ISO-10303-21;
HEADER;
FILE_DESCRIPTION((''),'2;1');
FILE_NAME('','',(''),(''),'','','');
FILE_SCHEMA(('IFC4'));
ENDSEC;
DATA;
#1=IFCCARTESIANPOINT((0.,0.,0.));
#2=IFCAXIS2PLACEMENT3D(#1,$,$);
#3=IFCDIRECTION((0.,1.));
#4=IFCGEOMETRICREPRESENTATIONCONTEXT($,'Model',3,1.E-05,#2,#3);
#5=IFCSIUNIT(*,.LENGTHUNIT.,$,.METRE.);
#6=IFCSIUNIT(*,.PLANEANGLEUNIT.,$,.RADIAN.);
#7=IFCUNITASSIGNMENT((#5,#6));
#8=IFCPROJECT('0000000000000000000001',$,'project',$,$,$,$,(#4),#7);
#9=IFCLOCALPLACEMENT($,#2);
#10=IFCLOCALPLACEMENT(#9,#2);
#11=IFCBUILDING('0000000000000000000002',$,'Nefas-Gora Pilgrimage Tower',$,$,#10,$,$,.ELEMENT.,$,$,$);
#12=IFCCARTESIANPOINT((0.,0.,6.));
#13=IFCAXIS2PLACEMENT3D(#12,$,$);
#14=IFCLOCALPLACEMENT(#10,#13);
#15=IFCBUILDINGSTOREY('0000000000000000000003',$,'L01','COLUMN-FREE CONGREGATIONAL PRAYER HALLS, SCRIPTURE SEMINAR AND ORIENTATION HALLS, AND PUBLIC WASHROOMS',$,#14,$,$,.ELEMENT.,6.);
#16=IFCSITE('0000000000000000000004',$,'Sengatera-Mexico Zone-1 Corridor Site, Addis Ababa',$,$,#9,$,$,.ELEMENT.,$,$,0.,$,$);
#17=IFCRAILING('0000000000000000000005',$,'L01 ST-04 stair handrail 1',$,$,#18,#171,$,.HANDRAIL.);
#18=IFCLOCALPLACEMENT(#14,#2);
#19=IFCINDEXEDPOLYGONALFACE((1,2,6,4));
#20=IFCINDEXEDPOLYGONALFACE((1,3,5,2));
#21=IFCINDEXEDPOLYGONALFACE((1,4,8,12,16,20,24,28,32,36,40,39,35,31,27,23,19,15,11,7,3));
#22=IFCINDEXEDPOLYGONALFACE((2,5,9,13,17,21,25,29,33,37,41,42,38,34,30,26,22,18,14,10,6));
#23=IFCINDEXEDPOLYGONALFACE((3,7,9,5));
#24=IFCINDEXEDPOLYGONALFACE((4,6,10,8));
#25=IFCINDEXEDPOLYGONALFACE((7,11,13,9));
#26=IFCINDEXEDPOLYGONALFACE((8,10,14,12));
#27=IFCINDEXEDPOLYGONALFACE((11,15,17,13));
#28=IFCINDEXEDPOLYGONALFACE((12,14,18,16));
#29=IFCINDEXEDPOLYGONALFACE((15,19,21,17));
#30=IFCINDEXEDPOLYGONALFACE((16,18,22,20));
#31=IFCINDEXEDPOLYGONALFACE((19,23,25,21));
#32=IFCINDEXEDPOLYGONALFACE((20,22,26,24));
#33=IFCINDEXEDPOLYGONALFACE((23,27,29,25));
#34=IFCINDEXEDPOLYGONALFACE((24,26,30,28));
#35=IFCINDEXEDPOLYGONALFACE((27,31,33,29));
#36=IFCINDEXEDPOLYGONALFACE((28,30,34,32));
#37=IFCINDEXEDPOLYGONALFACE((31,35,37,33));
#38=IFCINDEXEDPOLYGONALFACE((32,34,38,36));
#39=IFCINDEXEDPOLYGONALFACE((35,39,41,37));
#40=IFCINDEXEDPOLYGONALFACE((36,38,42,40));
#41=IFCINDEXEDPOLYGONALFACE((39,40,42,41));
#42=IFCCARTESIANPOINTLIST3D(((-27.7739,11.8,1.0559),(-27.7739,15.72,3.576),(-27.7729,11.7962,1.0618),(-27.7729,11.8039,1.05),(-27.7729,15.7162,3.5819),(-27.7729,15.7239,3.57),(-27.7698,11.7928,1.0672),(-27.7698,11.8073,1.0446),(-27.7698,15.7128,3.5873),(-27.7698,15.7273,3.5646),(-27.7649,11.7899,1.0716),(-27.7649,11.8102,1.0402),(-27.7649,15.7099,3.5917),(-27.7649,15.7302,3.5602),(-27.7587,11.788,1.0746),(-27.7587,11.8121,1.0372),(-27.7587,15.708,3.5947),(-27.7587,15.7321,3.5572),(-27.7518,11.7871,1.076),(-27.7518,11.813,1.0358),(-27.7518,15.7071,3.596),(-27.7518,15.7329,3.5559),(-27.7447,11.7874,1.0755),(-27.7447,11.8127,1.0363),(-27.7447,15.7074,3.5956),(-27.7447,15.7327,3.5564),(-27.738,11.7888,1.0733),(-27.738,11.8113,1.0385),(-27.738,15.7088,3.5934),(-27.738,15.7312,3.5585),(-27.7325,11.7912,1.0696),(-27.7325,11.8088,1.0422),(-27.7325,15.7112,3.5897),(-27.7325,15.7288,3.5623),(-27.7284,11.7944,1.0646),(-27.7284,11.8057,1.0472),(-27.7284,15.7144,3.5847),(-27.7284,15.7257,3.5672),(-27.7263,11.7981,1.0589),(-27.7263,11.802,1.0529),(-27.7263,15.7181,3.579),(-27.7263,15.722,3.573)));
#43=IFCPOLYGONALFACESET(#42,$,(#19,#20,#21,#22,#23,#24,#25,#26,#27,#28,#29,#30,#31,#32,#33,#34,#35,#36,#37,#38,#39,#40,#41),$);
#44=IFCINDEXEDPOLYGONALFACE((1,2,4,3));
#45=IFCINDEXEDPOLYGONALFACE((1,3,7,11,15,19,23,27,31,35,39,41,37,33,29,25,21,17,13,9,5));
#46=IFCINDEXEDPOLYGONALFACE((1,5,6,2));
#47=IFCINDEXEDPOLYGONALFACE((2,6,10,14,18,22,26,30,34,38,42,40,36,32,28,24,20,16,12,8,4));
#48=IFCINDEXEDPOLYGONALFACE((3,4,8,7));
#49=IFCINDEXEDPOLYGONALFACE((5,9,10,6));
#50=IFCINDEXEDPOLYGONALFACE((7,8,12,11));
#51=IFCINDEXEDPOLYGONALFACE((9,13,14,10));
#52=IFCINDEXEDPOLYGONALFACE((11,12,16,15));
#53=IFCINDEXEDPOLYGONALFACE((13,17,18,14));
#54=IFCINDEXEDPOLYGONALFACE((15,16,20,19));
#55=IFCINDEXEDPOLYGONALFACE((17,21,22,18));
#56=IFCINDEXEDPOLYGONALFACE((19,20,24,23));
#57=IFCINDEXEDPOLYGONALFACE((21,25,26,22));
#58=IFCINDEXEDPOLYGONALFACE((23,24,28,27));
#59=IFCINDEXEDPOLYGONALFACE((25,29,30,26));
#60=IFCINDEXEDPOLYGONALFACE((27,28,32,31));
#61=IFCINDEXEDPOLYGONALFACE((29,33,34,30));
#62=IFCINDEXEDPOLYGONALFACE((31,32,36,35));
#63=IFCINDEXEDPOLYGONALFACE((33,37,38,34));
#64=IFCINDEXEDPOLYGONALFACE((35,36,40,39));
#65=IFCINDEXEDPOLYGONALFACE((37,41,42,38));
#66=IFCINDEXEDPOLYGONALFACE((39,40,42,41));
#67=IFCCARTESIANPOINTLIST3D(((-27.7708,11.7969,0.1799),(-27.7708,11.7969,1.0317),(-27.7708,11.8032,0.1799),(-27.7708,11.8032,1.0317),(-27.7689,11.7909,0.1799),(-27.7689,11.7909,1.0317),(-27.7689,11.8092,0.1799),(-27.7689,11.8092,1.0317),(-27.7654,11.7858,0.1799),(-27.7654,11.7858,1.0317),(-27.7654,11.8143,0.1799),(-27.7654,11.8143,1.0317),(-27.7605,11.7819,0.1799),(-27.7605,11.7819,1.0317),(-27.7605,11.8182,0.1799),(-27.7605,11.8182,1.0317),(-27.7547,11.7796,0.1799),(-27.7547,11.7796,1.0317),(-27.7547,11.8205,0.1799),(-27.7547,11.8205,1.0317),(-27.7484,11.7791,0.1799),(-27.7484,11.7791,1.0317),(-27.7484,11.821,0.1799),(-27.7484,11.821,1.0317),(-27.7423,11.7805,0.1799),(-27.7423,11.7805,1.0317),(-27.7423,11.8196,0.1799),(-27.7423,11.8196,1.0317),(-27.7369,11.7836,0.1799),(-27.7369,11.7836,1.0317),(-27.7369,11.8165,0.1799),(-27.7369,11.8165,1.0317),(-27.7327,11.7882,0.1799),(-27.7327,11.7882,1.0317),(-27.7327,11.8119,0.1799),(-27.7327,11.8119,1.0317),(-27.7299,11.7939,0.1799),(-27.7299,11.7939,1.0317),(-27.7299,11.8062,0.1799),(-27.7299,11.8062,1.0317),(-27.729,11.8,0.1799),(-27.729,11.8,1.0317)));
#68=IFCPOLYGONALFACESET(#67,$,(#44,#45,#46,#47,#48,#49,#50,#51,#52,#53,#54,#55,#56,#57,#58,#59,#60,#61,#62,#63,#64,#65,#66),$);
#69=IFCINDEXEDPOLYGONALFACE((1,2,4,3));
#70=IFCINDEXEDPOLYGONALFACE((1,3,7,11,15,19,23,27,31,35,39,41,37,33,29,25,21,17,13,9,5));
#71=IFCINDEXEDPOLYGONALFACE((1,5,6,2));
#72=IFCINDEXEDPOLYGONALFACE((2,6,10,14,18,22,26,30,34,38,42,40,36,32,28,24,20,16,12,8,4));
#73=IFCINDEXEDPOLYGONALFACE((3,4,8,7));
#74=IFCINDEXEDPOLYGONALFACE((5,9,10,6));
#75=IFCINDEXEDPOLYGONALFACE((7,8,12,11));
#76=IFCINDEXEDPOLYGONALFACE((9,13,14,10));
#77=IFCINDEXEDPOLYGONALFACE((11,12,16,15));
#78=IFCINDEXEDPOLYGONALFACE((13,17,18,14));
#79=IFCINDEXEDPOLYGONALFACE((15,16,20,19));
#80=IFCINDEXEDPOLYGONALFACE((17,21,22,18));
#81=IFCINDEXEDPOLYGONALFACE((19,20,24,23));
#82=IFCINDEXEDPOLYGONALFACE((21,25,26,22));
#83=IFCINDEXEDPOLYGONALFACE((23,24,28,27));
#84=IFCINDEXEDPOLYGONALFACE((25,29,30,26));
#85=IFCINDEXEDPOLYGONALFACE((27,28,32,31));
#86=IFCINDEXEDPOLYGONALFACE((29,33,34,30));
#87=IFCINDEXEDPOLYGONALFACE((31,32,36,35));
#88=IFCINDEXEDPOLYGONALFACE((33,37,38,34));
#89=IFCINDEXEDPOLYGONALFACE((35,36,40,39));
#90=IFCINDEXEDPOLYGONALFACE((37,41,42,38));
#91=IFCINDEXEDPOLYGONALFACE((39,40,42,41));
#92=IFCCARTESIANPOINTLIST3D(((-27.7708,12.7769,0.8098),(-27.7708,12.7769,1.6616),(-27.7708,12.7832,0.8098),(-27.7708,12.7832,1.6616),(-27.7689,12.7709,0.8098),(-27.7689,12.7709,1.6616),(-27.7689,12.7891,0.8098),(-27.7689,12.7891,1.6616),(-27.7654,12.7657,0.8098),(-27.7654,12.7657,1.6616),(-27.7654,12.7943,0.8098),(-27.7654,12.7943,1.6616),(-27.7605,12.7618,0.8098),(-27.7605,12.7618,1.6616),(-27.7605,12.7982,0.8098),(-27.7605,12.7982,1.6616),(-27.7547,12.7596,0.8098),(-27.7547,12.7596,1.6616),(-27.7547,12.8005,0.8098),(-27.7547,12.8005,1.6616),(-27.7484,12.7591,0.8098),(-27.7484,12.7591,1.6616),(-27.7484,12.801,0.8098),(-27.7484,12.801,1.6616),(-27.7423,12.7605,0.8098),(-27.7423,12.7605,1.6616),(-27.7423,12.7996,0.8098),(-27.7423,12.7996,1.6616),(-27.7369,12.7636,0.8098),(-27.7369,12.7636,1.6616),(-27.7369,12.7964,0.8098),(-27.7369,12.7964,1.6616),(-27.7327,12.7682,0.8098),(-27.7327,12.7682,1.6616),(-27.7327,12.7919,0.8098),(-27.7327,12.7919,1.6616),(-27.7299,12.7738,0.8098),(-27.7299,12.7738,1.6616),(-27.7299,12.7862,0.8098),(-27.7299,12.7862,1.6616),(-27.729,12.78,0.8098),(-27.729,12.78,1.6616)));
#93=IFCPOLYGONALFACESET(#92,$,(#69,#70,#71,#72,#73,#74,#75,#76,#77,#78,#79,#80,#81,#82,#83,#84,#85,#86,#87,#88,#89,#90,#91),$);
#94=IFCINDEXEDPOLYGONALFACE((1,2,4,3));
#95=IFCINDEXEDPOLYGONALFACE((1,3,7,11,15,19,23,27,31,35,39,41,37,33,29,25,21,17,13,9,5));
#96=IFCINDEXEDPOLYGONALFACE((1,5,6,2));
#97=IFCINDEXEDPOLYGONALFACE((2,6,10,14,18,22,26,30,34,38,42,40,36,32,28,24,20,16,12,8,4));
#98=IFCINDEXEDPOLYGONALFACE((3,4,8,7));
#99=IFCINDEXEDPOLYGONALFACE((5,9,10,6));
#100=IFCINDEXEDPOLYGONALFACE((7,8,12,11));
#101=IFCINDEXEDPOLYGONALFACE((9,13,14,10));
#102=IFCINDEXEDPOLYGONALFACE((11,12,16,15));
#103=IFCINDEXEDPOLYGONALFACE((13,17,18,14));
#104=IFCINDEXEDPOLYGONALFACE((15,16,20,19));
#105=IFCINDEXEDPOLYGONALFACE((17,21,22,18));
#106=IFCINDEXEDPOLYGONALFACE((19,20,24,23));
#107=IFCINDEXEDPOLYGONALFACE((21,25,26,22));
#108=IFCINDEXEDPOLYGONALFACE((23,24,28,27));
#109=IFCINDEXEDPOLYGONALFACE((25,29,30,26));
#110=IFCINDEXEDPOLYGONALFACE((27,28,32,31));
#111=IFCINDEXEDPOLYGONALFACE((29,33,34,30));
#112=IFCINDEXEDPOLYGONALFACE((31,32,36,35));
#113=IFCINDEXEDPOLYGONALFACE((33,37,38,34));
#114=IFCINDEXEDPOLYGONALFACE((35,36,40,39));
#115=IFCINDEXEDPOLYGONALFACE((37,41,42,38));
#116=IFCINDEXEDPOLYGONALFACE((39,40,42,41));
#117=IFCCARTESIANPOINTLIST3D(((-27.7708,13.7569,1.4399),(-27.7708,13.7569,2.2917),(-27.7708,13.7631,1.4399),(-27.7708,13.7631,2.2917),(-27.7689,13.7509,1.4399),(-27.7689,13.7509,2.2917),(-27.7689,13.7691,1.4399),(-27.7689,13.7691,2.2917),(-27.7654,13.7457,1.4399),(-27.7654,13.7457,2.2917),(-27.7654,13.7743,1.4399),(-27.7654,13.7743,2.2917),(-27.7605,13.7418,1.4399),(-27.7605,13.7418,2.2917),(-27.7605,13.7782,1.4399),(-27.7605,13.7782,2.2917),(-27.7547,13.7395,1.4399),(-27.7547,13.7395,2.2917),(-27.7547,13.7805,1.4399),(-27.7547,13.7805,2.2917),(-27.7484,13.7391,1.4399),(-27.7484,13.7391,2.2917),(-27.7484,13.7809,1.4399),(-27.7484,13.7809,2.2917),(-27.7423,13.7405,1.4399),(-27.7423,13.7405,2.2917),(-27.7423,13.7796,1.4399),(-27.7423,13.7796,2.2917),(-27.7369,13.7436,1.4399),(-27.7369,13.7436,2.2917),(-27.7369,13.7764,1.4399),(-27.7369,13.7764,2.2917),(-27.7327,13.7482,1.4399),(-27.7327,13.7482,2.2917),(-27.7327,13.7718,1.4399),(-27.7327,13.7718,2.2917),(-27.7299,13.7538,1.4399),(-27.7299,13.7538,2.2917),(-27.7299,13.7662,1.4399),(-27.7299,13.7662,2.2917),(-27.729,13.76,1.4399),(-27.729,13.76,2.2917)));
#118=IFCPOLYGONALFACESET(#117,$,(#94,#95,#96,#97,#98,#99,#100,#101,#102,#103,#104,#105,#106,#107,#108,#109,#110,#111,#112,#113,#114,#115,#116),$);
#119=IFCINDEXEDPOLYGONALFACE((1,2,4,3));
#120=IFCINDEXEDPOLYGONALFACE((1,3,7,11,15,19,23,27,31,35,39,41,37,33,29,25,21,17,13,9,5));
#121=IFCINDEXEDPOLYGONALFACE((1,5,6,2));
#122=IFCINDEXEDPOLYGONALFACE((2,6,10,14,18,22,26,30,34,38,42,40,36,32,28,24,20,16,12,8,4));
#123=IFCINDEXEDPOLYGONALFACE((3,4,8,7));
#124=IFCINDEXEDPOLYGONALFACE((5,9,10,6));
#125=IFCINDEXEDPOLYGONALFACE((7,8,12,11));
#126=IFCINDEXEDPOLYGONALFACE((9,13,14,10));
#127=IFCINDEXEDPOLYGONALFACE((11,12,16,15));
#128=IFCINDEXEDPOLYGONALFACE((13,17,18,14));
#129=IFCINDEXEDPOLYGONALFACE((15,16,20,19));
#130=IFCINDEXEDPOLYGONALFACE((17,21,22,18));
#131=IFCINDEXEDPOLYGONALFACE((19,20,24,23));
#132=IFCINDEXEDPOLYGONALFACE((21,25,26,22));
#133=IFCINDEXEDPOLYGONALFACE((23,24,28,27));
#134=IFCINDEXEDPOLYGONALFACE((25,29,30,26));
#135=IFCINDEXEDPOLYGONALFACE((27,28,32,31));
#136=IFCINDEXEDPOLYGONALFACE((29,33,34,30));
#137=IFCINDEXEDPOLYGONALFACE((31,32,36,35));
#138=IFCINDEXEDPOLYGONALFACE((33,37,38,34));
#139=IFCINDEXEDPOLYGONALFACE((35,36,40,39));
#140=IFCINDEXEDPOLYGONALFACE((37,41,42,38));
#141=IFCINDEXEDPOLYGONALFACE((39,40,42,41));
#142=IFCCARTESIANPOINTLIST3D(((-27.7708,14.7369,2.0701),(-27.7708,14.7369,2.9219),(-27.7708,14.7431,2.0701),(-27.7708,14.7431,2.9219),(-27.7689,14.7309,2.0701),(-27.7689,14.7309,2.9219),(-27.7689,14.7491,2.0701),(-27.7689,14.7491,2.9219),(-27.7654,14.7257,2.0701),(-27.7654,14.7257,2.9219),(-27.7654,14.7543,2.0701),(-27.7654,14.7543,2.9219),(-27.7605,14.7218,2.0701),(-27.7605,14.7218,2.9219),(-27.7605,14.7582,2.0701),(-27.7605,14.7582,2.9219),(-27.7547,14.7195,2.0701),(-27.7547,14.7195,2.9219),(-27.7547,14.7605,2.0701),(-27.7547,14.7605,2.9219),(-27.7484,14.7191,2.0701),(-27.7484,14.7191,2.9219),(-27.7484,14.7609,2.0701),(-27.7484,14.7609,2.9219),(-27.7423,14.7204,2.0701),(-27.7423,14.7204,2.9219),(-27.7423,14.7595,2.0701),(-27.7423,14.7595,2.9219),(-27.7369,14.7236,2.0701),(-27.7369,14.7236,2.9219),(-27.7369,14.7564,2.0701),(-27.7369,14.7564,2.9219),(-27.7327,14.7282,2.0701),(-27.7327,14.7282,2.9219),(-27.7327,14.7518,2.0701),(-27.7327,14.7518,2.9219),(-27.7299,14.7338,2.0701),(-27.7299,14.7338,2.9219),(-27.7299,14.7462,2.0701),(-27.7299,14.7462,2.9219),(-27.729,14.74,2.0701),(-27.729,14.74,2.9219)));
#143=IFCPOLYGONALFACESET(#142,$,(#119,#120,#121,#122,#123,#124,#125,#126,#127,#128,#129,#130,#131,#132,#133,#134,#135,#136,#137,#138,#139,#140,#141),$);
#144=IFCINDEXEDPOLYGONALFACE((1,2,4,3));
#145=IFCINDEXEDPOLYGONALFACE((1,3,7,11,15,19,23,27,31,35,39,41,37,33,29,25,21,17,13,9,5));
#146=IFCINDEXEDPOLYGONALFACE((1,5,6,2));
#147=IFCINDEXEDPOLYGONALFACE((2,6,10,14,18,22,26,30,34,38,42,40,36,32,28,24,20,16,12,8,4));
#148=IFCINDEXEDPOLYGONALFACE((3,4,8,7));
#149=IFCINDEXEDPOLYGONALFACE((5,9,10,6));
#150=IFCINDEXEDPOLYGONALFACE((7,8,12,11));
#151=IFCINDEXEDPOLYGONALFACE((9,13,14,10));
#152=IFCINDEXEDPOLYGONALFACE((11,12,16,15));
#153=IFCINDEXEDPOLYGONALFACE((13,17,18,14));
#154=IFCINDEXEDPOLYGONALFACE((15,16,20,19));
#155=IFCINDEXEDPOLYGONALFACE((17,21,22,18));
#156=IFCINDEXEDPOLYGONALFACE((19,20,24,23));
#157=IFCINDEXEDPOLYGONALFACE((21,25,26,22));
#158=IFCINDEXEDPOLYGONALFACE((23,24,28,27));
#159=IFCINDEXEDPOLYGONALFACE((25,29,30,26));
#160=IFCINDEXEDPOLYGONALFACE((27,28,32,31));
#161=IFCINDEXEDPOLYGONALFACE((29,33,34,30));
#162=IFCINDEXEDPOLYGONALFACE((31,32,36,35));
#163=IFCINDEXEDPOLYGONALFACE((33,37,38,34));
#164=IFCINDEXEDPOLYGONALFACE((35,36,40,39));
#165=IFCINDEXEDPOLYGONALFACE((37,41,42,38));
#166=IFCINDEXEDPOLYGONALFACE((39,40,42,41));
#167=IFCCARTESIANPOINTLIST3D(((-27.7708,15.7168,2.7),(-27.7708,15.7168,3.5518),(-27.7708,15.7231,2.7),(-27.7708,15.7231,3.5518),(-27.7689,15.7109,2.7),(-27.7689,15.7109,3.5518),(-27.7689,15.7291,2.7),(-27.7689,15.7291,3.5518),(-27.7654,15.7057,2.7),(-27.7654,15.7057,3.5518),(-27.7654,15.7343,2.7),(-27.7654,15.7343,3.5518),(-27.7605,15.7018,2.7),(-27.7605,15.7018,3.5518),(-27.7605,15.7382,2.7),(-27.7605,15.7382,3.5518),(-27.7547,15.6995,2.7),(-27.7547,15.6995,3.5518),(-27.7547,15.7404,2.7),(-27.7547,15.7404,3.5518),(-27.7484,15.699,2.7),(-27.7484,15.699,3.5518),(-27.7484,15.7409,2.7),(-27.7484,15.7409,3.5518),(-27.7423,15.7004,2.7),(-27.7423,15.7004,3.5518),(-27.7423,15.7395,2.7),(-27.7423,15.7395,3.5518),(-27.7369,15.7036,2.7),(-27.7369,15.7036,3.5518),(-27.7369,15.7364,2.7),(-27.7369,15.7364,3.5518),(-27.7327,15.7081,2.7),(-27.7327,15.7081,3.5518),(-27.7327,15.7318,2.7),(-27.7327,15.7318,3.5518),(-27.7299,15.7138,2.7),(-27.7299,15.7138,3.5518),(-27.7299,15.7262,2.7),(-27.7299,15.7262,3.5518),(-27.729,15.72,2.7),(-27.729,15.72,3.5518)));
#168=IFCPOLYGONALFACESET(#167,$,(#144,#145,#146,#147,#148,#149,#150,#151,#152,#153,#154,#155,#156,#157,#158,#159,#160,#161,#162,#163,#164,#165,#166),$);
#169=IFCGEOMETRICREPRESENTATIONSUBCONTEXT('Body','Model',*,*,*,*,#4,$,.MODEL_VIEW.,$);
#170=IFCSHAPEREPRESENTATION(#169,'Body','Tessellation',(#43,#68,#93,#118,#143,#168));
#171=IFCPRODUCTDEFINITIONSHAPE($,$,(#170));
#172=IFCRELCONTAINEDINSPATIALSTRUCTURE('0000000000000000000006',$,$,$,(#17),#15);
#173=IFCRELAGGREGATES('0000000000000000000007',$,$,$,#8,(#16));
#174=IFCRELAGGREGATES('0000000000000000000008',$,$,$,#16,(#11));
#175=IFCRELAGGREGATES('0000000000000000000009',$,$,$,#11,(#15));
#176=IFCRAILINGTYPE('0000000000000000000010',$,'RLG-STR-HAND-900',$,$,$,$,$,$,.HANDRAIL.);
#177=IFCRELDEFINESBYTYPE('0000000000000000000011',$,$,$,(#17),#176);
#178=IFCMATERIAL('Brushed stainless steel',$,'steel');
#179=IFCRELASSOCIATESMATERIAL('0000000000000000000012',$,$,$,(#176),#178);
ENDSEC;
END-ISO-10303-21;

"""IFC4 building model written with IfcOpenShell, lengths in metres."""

from ifc_helpers import new_model, si_unit, direction, frame, origin, origin_2d, place, context, subcontext, project, spatial, circle, extrude, material, type_object, element, save


model = new_model("IFC4")

# Units and contexts
model_context = context("Model", 3, precision=1e-05, world=origin(), true_north=direction((0.0, 1.0)))
body_context = subcontext(model_context, "Body", "Model", "MODEL_VIEW")
ifc_project = project(units=[si_unit("LENGTHUNIT", "METRE"), si_unit("PLANEANGLEUNIT", "RADIAN")], contexts=[model_context])

# Site, building, storey
site_placement = place(None, origin())
site = spatial("IfcSite", under=ifc_project, at=site_placement, Name="Sengatera-Mexico Zone-1 Corridor Site, Addis Ababa", CompositionType="ELEMENT", RefElevation=0.0)
building_placement = place(site_placement, origin())
building = spatial("IfcBuilding", under=site, at=building_placement, Name="Nefas-Gora Pilgrimage Tower", CompositionType="ELEMENT")
storey_placement = place(building_placement, frame((0.0, 0.0, 6.0)))
storey = spatial("IfcBuildingStorey", under=building, at=storey_placement, Name="L01", Description="COLUMN-FREE CONGREGATIONAL PRAYER HALLS, SCRIPTURE SEMINAR AND ORIENTATION HALLS, AND PUBLIC WASHROOMS", CompositionType="ELEMENT", Elevation=6.0)

# Railing
ifc_material_1 = material(Name="Brushed stainless steel", Category="steel")
railing_type_1 = type_object("IfcRailingType", Name="RLG-STR-HAND-900", PredefinedType="HANDRAIL", material=ifc_material_1)
railing_1_placement = place(storey_placement, frame((-27.75, 11.8, 0.1799)))
element("IfcRailing", 1, at=railing_1_placement, inside=storey, type_object=railing_type_1, Name="L01 ST-04 stair handrail 1", PredefinedType="HANDRAIL", context=body_context, shape_type="SweptSolid", body=[
    extrude(circle(Radius=0.0239, at=origin_2d()), frame((0.0, 0.0, 0.876), z_axis=(0.0, 0.841172, 0.540768), x_axis=(-1.0, 0.0, 0.0)), (0.0, 0.0, 1.0), 4.6602),
    extrude(circle(Radius=0.021, at=origin_2d()), origin(), (0.0, 0.0, 1.0), 0.8518),
    extrude(circle(Radius=0.021, at=origin_2d()), frame((0.0, 0.98, 0.6299)), (0.0, 0.0, 1.0), 0.8518),
    extrude(circle(Radius=0.021, at=origin_2d()), frame((0.0, 1.96, 1.26)), (0.0, 0.0, 1.0), 0.8518),
    extrude(circle(Radius=0.021, at=origin_2d()), frame((0.0, 2.9399, 1.8901)), (0.0, 0.0, 1.0), 0.8518),
    extrude(circle(Radius=0.021, at=origin_2d()), frame((0.0, 3.9199, 2.52)), (0.0, 0.0, 1.0), 0.8518),
])

save(model, "model.ifc")
